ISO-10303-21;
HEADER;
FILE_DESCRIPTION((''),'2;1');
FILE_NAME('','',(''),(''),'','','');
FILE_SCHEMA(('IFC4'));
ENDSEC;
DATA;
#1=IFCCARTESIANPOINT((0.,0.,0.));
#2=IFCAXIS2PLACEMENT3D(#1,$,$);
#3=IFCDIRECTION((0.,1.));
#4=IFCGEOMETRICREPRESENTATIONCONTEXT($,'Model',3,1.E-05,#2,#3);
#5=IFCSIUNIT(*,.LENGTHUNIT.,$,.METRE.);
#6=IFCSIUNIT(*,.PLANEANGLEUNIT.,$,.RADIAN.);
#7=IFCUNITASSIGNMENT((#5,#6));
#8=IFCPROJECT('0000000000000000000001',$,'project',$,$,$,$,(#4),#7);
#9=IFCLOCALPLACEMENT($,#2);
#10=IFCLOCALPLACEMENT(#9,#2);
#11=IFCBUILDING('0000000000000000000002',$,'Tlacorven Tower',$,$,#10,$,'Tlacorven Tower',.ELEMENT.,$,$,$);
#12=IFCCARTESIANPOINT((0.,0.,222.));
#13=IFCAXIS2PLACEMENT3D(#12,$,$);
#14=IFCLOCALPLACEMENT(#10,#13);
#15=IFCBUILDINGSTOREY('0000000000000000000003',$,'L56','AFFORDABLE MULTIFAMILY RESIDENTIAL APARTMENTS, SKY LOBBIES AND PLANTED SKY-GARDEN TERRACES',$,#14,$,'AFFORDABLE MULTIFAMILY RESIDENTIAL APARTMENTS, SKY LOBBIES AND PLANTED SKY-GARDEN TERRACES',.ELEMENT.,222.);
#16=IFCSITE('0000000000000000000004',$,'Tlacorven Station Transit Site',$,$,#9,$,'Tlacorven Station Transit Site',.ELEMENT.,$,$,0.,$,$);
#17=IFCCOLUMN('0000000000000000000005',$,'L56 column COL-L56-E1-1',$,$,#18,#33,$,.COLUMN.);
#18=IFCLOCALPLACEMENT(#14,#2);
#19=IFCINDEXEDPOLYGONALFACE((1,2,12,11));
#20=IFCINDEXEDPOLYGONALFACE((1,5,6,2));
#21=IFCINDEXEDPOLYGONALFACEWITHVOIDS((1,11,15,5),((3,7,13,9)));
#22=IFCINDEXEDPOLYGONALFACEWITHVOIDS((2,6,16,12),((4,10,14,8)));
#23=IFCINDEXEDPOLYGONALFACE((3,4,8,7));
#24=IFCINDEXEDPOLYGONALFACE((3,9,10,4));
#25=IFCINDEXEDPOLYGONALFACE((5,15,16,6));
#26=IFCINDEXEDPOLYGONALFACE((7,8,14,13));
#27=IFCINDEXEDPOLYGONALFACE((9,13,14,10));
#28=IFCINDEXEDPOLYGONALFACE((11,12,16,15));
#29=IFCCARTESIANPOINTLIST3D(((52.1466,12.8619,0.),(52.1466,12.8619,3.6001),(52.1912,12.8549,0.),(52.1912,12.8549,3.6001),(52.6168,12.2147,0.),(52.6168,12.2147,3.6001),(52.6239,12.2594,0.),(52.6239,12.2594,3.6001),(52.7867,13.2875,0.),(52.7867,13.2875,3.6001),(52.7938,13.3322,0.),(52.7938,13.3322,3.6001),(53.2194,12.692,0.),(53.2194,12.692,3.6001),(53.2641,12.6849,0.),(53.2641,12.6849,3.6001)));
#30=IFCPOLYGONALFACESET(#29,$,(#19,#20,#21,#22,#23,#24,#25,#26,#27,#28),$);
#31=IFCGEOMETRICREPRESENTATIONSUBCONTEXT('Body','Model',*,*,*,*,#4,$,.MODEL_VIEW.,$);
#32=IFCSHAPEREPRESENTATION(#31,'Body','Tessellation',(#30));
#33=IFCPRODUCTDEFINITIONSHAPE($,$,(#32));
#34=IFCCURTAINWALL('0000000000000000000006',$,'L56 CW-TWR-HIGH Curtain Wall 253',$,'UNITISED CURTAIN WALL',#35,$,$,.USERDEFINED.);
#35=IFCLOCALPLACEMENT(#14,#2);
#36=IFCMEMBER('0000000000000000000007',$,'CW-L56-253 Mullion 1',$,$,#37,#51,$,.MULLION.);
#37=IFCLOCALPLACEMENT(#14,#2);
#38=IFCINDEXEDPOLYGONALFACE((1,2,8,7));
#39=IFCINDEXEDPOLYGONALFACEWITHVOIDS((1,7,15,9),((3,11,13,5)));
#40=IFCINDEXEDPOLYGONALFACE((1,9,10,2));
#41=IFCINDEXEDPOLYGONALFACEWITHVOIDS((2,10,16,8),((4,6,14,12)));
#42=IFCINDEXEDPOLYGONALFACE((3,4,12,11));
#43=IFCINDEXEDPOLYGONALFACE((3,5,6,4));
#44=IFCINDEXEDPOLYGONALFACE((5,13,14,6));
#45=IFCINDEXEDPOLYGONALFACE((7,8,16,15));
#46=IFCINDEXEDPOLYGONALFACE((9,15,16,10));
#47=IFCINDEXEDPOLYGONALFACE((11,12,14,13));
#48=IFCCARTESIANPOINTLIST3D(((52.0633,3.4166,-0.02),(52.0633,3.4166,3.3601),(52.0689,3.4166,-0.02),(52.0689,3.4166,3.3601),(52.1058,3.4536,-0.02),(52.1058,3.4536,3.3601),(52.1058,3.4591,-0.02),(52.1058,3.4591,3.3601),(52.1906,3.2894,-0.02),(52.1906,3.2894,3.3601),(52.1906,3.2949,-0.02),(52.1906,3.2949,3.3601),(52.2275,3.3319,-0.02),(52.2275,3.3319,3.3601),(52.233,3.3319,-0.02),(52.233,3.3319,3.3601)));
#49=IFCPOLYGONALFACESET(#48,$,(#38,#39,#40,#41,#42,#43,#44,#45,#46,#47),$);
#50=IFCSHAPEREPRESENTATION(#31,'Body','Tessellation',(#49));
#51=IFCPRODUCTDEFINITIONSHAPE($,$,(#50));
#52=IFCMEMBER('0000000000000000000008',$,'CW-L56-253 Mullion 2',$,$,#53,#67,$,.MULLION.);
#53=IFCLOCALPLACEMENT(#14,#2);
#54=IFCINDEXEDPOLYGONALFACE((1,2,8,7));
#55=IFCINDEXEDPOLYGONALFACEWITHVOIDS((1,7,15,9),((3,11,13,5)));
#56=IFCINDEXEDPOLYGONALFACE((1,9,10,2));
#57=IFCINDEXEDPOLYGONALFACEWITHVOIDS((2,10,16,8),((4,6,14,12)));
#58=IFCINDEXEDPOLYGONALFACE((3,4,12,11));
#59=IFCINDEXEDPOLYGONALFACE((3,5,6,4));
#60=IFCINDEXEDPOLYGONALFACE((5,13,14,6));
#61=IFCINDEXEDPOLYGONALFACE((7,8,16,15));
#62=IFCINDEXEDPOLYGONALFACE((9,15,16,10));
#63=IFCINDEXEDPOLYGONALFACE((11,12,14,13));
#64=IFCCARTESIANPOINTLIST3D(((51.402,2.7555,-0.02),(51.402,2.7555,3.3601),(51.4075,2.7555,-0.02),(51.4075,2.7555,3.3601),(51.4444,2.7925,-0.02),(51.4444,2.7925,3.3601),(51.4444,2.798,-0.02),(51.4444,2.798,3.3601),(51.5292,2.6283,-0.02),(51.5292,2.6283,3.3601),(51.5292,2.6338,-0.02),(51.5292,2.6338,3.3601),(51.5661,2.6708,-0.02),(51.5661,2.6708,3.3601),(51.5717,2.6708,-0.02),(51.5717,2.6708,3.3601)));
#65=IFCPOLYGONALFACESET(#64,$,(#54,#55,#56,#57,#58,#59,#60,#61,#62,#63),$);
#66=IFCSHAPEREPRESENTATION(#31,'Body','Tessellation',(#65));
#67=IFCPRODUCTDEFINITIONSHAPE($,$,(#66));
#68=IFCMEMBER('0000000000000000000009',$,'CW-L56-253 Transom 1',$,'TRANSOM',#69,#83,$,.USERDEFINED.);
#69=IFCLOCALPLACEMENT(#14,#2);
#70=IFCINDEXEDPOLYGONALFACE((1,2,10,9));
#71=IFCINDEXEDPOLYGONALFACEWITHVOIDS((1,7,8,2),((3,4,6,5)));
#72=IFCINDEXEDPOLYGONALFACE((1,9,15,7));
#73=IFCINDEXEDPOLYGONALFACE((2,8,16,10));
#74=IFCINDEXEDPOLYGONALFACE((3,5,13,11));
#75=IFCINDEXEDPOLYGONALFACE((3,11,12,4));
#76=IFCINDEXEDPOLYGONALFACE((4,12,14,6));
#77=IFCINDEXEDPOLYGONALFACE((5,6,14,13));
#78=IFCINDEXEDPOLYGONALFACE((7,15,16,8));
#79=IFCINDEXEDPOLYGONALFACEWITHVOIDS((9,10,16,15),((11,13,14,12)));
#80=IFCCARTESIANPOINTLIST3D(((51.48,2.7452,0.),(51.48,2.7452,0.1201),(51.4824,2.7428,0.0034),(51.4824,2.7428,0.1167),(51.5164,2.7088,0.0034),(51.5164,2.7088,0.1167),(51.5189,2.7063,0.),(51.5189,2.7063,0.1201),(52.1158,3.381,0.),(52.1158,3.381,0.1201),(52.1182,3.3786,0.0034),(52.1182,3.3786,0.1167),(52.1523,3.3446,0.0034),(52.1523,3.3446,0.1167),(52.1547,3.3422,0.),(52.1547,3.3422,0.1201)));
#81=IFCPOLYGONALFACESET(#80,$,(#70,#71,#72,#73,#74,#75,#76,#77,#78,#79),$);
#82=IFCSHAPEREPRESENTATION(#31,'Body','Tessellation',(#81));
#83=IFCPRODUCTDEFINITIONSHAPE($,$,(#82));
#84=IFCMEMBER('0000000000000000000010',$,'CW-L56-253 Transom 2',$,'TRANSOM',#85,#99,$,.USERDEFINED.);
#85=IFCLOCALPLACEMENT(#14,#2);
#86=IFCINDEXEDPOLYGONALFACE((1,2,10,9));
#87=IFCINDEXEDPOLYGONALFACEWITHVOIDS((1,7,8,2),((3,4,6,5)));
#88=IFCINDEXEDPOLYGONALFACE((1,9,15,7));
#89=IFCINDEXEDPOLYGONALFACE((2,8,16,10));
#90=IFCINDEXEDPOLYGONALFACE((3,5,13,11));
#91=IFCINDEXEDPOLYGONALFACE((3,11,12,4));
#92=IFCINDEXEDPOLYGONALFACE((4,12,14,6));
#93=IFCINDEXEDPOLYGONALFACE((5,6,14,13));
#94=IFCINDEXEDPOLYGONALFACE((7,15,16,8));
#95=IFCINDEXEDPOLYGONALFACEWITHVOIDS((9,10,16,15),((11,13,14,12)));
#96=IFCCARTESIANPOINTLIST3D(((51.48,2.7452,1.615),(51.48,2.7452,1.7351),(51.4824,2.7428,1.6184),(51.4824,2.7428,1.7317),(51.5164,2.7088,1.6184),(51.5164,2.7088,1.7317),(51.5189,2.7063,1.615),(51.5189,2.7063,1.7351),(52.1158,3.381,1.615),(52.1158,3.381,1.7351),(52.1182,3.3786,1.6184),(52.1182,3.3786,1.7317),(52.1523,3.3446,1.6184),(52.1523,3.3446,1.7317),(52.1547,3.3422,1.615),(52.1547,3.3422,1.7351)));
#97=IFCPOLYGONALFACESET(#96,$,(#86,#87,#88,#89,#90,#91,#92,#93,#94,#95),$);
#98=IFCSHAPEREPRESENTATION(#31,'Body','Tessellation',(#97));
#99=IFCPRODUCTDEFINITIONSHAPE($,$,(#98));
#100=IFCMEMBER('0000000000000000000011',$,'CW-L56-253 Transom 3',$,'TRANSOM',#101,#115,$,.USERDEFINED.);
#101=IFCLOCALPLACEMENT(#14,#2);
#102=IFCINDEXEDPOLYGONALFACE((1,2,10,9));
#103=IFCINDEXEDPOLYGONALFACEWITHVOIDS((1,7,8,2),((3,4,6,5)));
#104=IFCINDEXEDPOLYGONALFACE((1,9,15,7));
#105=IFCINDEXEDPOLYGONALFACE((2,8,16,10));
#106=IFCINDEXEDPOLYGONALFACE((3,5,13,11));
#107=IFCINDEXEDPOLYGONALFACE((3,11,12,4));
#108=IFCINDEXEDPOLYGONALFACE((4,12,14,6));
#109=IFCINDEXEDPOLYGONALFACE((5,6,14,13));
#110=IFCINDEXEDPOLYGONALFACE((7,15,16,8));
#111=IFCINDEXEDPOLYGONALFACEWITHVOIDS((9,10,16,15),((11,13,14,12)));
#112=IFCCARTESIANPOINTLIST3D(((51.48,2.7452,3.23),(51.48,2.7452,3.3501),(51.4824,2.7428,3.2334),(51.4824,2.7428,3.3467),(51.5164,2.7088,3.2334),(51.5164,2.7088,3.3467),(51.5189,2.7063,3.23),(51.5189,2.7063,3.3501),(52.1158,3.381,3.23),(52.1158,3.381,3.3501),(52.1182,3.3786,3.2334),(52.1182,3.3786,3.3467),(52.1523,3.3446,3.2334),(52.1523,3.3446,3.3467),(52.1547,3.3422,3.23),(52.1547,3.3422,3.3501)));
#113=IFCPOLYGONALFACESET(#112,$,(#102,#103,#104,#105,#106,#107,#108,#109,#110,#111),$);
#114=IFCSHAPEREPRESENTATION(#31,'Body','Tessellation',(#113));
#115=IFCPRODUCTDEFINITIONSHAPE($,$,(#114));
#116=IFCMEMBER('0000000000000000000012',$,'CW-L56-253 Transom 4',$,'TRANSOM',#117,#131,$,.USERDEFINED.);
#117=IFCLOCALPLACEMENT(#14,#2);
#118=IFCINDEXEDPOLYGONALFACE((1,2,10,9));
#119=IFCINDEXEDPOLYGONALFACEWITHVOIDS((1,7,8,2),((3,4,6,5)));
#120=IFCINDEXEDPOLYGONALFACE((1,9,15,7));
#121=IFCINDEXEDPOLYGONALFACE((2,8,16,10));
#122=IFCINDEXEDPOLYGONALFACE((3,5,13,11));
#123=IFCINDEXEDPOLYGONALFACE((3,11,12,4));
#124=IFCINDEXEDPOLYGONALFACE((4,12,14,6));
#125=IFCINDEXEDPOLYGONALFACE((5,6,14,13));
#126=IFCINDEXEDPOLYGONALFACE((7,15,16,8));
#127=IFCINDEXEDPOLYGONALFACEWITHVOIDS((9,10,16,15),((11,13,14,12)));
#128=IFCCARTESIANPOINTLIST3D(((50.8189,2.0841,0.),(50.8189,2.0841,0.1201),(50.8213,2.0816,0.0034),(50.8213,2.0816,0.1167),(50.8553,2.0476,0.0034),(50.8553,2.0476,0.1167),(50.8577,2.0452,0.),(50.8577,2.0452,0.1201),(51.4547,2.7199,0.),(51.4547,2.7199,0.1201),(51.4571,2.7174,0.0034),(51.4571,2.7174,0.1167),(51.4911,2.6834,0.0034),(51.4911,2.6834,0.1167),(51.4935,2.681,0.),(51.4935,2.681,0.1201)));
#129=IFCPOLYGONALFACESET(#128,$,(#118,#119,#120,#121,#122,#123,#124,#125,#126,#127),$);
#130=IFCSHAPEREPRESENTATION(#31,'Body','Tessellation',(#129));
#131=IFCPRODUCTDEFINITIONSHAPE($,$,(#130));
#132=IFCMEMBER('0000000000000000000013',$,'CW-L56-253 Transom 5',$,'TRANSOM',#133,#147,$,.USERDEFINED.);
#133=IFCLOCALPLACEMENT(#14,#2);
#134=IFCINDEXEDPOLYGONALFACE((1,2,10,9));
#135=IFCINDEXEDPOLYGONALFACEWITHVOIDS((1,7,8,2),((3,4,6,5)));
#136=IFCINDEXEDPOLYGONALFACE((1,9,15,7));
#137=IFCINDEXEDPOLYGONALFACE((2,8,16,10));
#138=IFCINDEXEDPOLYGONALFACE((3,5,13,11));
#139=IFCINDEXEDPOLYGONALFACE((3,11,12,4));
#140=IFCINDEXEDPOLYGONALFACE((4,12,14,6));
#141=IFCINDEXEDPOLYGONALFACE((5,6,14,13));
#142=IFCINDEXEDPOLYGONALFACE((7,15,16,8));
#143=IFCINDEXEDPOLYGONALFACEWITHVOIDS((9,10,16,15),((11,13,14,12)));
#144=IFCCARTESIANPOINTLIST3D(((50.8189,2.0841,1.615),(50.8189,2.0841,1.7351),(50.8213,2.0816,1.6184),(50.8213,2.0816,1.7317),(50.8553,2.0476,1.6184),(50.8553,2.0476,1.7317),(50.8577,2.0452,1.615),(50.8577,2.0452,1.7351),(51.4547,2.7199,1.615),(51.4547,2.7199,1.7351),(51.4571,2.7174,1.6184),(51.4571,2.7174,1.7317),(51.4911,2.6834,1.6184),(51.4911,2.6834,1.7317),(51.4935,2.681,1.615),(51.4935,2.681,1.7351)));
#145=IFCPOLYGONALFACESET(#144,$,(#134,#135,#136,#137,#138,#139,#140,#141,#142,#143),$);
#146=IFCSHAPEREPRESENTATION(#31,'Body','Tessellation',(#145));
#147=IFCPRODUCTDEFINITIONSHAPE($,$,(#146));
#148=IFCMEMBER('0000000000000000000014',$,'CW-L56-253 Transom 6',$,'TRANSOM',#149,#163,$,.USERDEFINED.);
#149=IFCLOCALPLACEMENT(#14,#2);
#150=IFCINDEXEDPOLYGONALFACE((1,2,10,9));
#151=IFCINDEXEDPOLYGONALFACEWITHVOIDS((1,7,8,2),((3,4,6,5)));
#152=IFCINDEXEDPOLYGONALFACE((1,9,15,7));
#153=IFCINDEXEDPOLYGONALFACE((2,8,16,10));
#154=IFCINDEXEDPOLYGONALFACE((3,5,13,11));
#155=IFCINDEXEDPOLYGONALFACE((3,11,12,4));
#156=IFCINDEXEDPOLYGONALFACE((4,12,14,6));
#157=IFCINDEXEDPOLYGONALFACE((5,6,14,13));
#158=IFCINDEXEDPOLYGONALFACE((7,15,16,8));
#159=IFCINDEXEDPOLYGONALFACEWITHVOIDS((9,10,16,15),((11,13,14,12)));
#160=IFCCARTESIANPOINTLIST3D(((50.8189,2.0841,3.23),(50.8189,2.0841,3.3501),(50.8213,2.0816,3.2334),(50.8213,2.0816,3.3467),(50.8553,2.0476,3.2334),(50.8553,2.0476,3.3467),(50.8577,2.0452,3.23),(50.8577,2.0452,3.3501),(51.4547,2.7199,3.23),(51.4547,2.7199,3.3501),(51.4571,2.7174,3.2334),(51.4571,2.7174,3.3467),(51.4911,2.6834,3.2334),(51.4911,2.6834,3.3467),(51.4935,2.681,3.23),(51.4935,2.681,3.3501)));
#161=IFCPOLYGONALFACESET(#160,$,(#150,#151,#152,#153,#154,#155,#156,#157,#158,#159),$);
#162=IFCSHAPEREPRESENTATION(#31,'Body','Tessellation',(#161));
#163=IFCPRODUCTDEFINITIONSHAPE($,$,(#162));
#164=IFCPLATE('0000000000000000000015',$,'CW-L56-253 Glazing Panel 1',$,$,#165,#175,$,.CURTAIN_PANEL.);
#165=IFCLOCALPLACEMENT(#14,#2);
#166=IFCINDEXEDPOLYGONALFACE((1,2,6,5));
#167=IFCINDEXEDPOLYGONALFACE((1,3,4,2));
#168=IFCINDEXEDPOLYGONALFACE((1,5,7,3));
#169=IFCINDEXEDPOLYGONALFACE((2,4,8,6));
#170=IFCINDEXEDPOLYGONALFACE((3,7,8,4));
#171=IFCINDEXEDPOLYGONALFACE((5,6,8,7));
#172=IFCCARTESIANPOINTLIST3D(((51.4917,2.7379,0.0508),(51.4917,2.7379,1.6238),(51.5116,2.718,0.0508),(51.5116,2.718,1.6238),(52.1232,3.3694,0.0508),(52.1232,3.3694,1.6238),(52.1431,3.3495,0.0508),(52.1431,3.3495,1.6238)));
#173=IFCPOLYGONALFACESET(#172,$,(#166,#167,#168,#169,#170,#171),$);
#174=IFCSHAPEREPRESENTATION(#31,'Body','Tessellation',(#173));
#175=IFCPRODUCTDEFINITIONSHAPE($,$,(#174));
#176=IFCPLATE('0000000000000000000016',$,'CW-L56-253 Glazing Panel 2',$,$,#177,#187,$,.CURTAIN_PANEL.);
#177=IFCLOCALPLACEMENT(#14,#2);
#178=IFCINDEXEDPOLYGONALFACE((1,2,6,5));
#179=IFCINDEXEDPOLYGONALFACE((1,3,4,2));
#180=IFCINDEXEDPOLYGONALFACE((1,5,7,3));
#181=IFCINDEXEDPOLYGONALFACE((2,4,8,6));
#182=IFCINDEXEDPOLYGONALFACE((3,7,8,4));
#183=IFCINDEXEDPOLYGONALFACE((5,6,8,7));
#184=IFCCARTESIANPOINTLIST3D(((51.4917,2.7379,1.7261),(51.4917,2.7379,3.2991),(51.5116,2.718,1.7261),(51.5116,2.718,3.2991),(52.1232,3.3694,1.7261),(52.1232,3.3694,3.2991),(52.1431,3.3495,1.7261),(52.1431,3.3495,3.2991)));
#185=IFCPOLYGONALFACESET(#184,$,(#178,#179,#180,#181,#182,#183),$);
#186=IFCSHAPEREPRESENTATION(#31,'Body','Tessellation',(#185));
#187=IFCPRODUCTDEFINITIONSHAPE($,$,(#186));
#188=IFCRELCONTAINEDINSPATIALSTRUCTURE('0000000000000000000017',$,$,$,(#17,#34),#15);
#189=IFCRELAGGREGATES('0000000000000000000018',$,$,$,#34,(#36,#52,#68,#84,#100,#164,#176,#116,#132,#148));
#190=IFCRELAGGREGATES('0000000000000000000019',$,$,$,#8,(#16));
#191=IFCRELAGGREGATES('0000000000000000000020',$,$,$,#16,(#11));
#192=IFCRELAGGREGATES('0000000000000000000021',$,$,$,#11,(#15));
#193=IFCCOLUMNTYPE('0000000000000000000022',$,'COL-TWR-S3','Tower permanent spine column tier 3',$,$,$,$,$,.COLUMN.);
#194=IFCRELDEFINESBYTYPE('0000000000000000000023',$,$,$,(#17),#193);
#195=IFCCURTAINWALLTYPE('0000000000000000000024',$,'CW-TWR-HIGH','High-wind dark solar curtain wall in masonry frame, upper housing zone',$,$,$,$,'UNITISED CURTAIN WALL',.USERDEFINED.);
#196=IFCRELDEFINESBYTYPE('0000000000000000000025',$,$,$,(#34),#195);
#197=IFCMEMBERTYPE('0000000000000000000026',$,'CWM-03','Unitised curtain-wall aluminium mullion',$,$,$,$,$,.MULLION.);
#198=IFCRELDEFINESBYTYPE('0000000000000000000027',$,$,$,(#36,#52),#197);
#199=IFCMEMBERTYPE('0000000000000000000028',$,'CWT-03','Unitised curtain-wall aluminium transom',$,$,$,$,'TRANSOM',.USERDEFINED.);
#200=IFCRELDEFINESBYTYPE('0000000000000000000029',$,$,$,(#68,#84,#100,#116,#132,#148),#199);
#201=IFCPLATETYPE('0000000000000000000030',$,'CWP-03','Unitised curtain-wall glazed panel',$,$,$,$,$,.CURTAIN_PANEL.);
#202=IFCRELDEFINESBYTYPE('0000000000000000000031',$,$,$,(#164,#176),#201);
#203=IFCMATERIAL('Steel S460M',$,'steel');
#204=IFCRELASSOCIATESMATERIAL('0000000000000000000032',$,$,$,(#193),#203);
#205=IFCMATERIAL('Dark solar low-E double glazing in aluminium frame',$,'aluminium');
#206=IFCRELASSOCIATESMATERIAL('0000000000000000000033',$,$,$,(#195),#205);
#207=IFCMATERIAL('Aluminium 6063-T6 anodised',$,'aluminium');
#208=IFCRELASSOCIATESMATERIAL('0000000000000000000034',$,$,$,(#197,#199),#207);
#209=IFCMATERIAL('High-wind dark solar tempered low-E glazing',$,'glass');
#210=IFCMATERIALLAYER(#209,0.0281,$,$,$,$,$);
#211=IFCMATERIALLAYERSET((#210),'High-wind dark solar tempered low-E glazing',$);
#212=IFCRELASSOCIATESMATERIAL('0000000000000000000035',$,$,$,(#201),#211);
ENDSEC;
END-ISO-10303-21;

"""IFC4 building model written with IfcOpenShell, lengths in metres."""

from ifc_helpers import new_model, si_unit, direction, frame, origin, origin_2d, place, context, subcontext, project, spatial, rectangle, hollow_rectangle, extrude, source, transform, mapped, material, layer, layer_set, material_profile, profile_set, type_object, element, aggregate, save


model = new_model("IFC4")

# Units and contexts
model_context = context("Model", 3, precision=1e-05, world=origin(), true_north=direction((0.0, 1.0)))
body_context = subcontext(model_context, "Body", "Model", "MODEL_VIEW")
ifc_project = project(units=[si_unit("LENGTHUNIT", "METRE"), si_unit("PLANEANGLEUNIT", "RADIAN")], contexts=[model_context])

# Site, building, storey
site_placement = place(None, origin())
site = spatial("IfcSite", under=ifc_project, at=site_placement, Name="Tlacorven Station Transit Site", LongName="Tlacorven Station Transit Site", CompositionType="ELEMENT", RefElevation=0.0)
building_placement = place(site_placement, origin())
building = spatial("IfcBuilding", under=site, at=building_placement, Name="Tlacorven Tower", LongName="Tlacorven Tower", CompositionType="ELEMENT")
storey_placement = place(building_placement, frame((0.0, 0.0, 222.0)))
storey = spatial("IfcBuildingStorey", under=building, at=storey_placement, Name="L56", Description="AFFORDABLE MULTIFAMILY RESIDENTIAL APARTMENTS, SKY LOBBIES AND PLANTED SKY-GARDEN TERRACES", LongName="AFFORDABLE MULTIFAMILY RESIDENTIAL APARTMENTS, SKY LOBBIES AND PLANTED SKY-GARDEN TERRACES", CompositionType="ELEMENT", Elevation=222.0)

# Column
ifc_material_1 = material(Name="Steel S460M", Category="steel")
ifc_material_profile_1 = material_profile(ifc_material_1, hollow_rectangle(XDim=0.8, YDim=0.8, WallThickness=0.032, at=origin_2d()), Name="BOX 800X800X32")
ifc_profile_set_1 = profile_set([ifc_material_profile_1], Name="Steel S460M")
column_type = type_object("IfcColumnType", Name="COL-TWR-S3", Description="Tower permanent spine column tier 3", PredefinedType="COLUMN", material=ifc_profile_set_1)
shared_shape_1 = source(origin(), body_context, "Body", "SweptSolid", [
    extrude(hollow_rectangle(XDim=0.8, YDim=0.8, WallThickness=0.032, at=origin_2d()), origin(), (0.0, 0.0, 1.0), 3.6001),
])
column_placement = place(storey_placement, frame((52.7053, 12.7734, 0.0), z_axis=(0.0, 0.0, 1.0), x_axis=(0.809017, 0.587785, 0.0)))
element("IfcColumn", 1, at=column_placement, inside=storey, type_object=column_type, Name="L56 column COL-L56-E1-1", PredefinedType="COLUMN", context=body_context, shape_type="MappedRepresentation", body=[
    mapped(shared_shape_1, transform((0.0, 0.0, 0.0), scale=1.0)),
])

# Curtain wall, members, plates
ifc_material_2 = material(Name="Dark solar low-E double glazing in aluminium frame", Category="aluminium")
curtain_wall_type = type_object("IfcCurtainWallType", Name="CW-TWR-HIGH", Description="High-wind dark solar curtain wall in masonry frame, upper housing zone", ElementType="UNITISED CURTAIN WALL", PredefinedType="USERDEFINED", material=ifc_material_2)
curtain_wall_placement = place(storey_placement, origin())
curtain_wall = element("IfcCurtainWall", 2, at=curtain_wall_placement, inside=storey, type_object=curtain_wall_type, Name="L56 CW-TWR-HIGH Curtain Wall 253", ObjectType="UNITISED CURTAIN WALL", PredefinedType="USERDEFINED")
ifc_material_3 = material(Name="Aluminium 6063-T6 anodised", Category="aluminium")
ifc_material_profile_2 = material_profile(ifc_material_3, hollow_rectangle(XDim=0.0601, YDim=0.1799, WallThickness=0.0039, at=origin_2d()), Name="ALU MULLION 60X180")
ifc_profile_set_2 = profile_set([ifc_material_profile_2], Name="Aluminium 6063-T6 anodised")
member_type_1 = type_object("IfcMemberType", Name="CWM-03", Description="Unitised curtain-wall aluminium mullion", PredefinedType="MULLION", material=ifc_profile_set_2)
shared_shape_2 = source(origin(), body_context, "Body", "SweptSolid", [
    extrude(hollow_rectangle(XDim=0.0601, YDim=0.1799, WallThickness=0.0039, at=origin_2d()), origin(), (0.0, 0.0, 1.0), 3.3801),
])
member_1_placement = place(storey_placement, frame((52.1482, 3.3743, -0.02), z_axis=(0.0, 0.0, 1.0), x_axis=(-0.707107, -0.707107, 0.0)))
member_1 = element("IfcMember", 3, at=member_1_placement, type_object=member_type_1, Name="CW-L56-253 Mullion 1", PredefinedType="MULLION", context=body_context, shape_type="MappedRepresentation", body=[
    mapped(shared_shape_2, transform((0.0, 0.0, 0.0), scale=1.0)),
])
member_2_placement = place(storey_placement, frame((51.4868, 2.7131, -0.02), z_axis=(0.0, 0.0, 1.0), x_axis=(-0.707107, -0.707107, 0.0)))
member_2 = element("IfcMember", 4, at=member_2_placement, type_object=member_type_1, Name="CW-L56-253 Mullion 2", PredefinedType="MULLION", context=body_context, shape_type="MappedRepresentation", body=[
    mapped(shared_shape_2, transform((0.0, 0.0, 0.0), scale=1.0)),
])
ifc_material_profile_3 = material_profile(ifc_material_3, hollow_rectangle(XDim=0.0549, YDim=0.1201, WallThickness=0.0034, at=origin_2d()), Name="ALU TRANSOM 55X120")
ifc_profile_set_3 = profile_set([ifc_material_profile_3], Name="Aluminium 6063-T6 anodised")
member_type_2 = type_object("IfcMemberType", Name="CWT-03", Description="Unitised curtain-wall aluminium transom", ElementType="TRANSOM", PredefinedType="USERDEFINED", material=ifc_profile_set_3)
shared_shape_3 = source(origin(), body_context, "Body", "SweptSolid", [
    extrude(hollow_rectangle(XDim=0.0549, YDim=0.1201, WallThickness=0.0034, at=origin_2d()), origin(), (0.0, 0.0, 1.0), 0.8992),
])
member_3_placement = place(storey_placement, frame((52.1353, 3.3616, 0.0601), z_axis=(-0.707107, -0.707107, 0.0), x_axis=(0.707107, -0.707107, 0.0)))
member_3 = element("IfcMember", 5, at=member_3_placement, type_object=member_type_2, Name="CW-L56-253 Transom 1", ObjectType="TRANSOM", PredefinedType="USERDEFINED", context=body_context, shape_type="MappedRepresentation", body=[
    mapped(shared_shape_3, transform((0.0, 0.0, 0.0), scale=1.0)),
])
member_4_placement = place(storey_placement, frame((52.1353, 3.3616, 1.675), z_axis=(-0.707107, -0.707107, 0.0), x_axis=(0.707107, -0.707107, 0.0)))
member_4 = element("IfcMember", 6, at=member_4_placement, type_object=member_type_2, Name="CW-L56-253 Transom 2", ObjectType="TRANSOM", PredefinedType="USERDEFINED", context=body_context, shape_type="MappedRepresentation", body=[
    mapped(shared_shape_3, transform((0.0, 0.0, 0.0), scale=1.0)),
])
member_5_placement = place(storey_placement, frame((52.1353, 3.3616, 3.29), z_axis=(-0.707107, -0.707107, 0.0), x_axis=(0.707107, -0.707107, 0.0)))
member_5 = element("IfcMember", 7, at=member_5_placement, type_object=member_type_2, Name="CW-L56-253 Transom 3", ObjectType="TRANSOM", PredefinedType="USERDEFINED", context=body_context, shape_type="MappedRepresentation", body=[
    mapped(shared_shape_3, transform((0.0, 0.0, 0.0), scale=1.0)),
])
member_6_placement = place(storey_placement, frame((51.4741, 2.7004, 0.0601), z_axis=(-0.707107, -0.707107, 0.0), x_axis=(0.707107, -0.707107, 0.0)))
member_6 = element("IfcMember", 8, at=member_6_placement, type_object=member_type_2, Name="CW-L56-253 Transom 4", ObjectType="TRANSOM", PredefinedType="USERDEFINED", context=body_context, shape_type="MappedRepresentation", body=[
    mapped(shared_shape_3, transform((0.0, 0.0, 0.0), scale=1.0)),
])
member_7_placement = place(storey_placement, frame((51.4741, 2.7004, 1.675), z_axis=(-0.707107, -0.707107, 0.0), x_axis=(0.707107, -0.707107, 0.0)))
member_7 = element("IfcMember", 9, at=member_7_placement, type_object=member_type_2, Name="CW-L56-253 Transom 5", ObjectType="TRANSOM", PredefinedType="USERDEFINED", context=body_context, shape_type="MappedRepresentation", body=[
    mapped(shared_shape_3, transform((0.0, 0.0, 0.0), scale=1.0)),
])
member_8_placement = place(storey_placement, frame((51.4741, 2.7004, 3.29), z_axis=(-0.707107, -0.707107, 0.0), x_axis=(0.707107, -0.707107, 0.0)))
member_8 = element("IfcMember", 10, at=member_8_placement, type_object=member_type_2, Name="CW-L56-253 Transom 6", ObjectType="TRANSOM", PredefinedType="USERDEFINED", context=body_context, shape_type="MappedRepresentation", body=[
    mapped(shared_shape_3, transform((0.0, 0.0, 0.0), scale=1.0)),
])
ifc_material_4 = material(Name="High-wind dark solar tempered low-E glazing", Category="glass")
ifc_layer_1 = layer(ifc_material_4, 0.0281)
ifc_layer_set_1 = layer_set([ifc_layer_1], Name="High-wind dark solar tempered low-E glazing")
plate_type = type_object("IfcPlateType", Name="CWP-03", Description="Unitised curtain-wall glazed panel", PredefinedType="CURTAIN_PANEL", material=ifc_layer_set_1)
shared_shape_4 = source(origin(), body_context, "Body", "SweptSolid", [
    extrude(rectangle(XDim=0.8931, YDim=0.0281, at=origin_2d()), origin(), (0.0, 0.0, 1.0), 1.573),
])
plate_1_placement = place(storey_placement, frame((51.8174, 3.0437, 0.0508), z_axis=(0.0, 0.0, 1.0), x_axis=(-0.707107, -0.707107, 0.0)))
plate_1 = element("IfcPlate", 11, at=plate_1_placement, type_object=plate_type, Name="CW-L56-253 Glazing Panel 1", PredefinedType="CURTAIN_PANEL", context=body_context, shape_type="MappedRepresentation", body=[
    mapped(shared_shape_4, transform((0.0, 0.0, 0.0), scale=1.0)),
])
plate_2_placement = place(storey_placement, frame((51.8174, 3.0437, 1.7261), z_axis=(0.0, 0.0, 1.0), x_axis=(-0.707107, -0.707107, 0.0)))
plate_2 = element("IfcPlate", 12, at=plate_2_placement, type_object=plate_type, Name="CW-L56-253 Glazing Panel 2", PredefinedType="CURTAIN_PANEL", context=body_context, shape_type="MappedRepresentation", body=[
    mapped(shared_shape_4, transform((0.0, 0.0, 0.0), scale=1.0)),
])
aggregate(curtain_wall, [member_1, member_2, member_3, member_4, member_5, plate_1, plate_2, member_6, member_7, member_8])

save(model, "model.ifc")
